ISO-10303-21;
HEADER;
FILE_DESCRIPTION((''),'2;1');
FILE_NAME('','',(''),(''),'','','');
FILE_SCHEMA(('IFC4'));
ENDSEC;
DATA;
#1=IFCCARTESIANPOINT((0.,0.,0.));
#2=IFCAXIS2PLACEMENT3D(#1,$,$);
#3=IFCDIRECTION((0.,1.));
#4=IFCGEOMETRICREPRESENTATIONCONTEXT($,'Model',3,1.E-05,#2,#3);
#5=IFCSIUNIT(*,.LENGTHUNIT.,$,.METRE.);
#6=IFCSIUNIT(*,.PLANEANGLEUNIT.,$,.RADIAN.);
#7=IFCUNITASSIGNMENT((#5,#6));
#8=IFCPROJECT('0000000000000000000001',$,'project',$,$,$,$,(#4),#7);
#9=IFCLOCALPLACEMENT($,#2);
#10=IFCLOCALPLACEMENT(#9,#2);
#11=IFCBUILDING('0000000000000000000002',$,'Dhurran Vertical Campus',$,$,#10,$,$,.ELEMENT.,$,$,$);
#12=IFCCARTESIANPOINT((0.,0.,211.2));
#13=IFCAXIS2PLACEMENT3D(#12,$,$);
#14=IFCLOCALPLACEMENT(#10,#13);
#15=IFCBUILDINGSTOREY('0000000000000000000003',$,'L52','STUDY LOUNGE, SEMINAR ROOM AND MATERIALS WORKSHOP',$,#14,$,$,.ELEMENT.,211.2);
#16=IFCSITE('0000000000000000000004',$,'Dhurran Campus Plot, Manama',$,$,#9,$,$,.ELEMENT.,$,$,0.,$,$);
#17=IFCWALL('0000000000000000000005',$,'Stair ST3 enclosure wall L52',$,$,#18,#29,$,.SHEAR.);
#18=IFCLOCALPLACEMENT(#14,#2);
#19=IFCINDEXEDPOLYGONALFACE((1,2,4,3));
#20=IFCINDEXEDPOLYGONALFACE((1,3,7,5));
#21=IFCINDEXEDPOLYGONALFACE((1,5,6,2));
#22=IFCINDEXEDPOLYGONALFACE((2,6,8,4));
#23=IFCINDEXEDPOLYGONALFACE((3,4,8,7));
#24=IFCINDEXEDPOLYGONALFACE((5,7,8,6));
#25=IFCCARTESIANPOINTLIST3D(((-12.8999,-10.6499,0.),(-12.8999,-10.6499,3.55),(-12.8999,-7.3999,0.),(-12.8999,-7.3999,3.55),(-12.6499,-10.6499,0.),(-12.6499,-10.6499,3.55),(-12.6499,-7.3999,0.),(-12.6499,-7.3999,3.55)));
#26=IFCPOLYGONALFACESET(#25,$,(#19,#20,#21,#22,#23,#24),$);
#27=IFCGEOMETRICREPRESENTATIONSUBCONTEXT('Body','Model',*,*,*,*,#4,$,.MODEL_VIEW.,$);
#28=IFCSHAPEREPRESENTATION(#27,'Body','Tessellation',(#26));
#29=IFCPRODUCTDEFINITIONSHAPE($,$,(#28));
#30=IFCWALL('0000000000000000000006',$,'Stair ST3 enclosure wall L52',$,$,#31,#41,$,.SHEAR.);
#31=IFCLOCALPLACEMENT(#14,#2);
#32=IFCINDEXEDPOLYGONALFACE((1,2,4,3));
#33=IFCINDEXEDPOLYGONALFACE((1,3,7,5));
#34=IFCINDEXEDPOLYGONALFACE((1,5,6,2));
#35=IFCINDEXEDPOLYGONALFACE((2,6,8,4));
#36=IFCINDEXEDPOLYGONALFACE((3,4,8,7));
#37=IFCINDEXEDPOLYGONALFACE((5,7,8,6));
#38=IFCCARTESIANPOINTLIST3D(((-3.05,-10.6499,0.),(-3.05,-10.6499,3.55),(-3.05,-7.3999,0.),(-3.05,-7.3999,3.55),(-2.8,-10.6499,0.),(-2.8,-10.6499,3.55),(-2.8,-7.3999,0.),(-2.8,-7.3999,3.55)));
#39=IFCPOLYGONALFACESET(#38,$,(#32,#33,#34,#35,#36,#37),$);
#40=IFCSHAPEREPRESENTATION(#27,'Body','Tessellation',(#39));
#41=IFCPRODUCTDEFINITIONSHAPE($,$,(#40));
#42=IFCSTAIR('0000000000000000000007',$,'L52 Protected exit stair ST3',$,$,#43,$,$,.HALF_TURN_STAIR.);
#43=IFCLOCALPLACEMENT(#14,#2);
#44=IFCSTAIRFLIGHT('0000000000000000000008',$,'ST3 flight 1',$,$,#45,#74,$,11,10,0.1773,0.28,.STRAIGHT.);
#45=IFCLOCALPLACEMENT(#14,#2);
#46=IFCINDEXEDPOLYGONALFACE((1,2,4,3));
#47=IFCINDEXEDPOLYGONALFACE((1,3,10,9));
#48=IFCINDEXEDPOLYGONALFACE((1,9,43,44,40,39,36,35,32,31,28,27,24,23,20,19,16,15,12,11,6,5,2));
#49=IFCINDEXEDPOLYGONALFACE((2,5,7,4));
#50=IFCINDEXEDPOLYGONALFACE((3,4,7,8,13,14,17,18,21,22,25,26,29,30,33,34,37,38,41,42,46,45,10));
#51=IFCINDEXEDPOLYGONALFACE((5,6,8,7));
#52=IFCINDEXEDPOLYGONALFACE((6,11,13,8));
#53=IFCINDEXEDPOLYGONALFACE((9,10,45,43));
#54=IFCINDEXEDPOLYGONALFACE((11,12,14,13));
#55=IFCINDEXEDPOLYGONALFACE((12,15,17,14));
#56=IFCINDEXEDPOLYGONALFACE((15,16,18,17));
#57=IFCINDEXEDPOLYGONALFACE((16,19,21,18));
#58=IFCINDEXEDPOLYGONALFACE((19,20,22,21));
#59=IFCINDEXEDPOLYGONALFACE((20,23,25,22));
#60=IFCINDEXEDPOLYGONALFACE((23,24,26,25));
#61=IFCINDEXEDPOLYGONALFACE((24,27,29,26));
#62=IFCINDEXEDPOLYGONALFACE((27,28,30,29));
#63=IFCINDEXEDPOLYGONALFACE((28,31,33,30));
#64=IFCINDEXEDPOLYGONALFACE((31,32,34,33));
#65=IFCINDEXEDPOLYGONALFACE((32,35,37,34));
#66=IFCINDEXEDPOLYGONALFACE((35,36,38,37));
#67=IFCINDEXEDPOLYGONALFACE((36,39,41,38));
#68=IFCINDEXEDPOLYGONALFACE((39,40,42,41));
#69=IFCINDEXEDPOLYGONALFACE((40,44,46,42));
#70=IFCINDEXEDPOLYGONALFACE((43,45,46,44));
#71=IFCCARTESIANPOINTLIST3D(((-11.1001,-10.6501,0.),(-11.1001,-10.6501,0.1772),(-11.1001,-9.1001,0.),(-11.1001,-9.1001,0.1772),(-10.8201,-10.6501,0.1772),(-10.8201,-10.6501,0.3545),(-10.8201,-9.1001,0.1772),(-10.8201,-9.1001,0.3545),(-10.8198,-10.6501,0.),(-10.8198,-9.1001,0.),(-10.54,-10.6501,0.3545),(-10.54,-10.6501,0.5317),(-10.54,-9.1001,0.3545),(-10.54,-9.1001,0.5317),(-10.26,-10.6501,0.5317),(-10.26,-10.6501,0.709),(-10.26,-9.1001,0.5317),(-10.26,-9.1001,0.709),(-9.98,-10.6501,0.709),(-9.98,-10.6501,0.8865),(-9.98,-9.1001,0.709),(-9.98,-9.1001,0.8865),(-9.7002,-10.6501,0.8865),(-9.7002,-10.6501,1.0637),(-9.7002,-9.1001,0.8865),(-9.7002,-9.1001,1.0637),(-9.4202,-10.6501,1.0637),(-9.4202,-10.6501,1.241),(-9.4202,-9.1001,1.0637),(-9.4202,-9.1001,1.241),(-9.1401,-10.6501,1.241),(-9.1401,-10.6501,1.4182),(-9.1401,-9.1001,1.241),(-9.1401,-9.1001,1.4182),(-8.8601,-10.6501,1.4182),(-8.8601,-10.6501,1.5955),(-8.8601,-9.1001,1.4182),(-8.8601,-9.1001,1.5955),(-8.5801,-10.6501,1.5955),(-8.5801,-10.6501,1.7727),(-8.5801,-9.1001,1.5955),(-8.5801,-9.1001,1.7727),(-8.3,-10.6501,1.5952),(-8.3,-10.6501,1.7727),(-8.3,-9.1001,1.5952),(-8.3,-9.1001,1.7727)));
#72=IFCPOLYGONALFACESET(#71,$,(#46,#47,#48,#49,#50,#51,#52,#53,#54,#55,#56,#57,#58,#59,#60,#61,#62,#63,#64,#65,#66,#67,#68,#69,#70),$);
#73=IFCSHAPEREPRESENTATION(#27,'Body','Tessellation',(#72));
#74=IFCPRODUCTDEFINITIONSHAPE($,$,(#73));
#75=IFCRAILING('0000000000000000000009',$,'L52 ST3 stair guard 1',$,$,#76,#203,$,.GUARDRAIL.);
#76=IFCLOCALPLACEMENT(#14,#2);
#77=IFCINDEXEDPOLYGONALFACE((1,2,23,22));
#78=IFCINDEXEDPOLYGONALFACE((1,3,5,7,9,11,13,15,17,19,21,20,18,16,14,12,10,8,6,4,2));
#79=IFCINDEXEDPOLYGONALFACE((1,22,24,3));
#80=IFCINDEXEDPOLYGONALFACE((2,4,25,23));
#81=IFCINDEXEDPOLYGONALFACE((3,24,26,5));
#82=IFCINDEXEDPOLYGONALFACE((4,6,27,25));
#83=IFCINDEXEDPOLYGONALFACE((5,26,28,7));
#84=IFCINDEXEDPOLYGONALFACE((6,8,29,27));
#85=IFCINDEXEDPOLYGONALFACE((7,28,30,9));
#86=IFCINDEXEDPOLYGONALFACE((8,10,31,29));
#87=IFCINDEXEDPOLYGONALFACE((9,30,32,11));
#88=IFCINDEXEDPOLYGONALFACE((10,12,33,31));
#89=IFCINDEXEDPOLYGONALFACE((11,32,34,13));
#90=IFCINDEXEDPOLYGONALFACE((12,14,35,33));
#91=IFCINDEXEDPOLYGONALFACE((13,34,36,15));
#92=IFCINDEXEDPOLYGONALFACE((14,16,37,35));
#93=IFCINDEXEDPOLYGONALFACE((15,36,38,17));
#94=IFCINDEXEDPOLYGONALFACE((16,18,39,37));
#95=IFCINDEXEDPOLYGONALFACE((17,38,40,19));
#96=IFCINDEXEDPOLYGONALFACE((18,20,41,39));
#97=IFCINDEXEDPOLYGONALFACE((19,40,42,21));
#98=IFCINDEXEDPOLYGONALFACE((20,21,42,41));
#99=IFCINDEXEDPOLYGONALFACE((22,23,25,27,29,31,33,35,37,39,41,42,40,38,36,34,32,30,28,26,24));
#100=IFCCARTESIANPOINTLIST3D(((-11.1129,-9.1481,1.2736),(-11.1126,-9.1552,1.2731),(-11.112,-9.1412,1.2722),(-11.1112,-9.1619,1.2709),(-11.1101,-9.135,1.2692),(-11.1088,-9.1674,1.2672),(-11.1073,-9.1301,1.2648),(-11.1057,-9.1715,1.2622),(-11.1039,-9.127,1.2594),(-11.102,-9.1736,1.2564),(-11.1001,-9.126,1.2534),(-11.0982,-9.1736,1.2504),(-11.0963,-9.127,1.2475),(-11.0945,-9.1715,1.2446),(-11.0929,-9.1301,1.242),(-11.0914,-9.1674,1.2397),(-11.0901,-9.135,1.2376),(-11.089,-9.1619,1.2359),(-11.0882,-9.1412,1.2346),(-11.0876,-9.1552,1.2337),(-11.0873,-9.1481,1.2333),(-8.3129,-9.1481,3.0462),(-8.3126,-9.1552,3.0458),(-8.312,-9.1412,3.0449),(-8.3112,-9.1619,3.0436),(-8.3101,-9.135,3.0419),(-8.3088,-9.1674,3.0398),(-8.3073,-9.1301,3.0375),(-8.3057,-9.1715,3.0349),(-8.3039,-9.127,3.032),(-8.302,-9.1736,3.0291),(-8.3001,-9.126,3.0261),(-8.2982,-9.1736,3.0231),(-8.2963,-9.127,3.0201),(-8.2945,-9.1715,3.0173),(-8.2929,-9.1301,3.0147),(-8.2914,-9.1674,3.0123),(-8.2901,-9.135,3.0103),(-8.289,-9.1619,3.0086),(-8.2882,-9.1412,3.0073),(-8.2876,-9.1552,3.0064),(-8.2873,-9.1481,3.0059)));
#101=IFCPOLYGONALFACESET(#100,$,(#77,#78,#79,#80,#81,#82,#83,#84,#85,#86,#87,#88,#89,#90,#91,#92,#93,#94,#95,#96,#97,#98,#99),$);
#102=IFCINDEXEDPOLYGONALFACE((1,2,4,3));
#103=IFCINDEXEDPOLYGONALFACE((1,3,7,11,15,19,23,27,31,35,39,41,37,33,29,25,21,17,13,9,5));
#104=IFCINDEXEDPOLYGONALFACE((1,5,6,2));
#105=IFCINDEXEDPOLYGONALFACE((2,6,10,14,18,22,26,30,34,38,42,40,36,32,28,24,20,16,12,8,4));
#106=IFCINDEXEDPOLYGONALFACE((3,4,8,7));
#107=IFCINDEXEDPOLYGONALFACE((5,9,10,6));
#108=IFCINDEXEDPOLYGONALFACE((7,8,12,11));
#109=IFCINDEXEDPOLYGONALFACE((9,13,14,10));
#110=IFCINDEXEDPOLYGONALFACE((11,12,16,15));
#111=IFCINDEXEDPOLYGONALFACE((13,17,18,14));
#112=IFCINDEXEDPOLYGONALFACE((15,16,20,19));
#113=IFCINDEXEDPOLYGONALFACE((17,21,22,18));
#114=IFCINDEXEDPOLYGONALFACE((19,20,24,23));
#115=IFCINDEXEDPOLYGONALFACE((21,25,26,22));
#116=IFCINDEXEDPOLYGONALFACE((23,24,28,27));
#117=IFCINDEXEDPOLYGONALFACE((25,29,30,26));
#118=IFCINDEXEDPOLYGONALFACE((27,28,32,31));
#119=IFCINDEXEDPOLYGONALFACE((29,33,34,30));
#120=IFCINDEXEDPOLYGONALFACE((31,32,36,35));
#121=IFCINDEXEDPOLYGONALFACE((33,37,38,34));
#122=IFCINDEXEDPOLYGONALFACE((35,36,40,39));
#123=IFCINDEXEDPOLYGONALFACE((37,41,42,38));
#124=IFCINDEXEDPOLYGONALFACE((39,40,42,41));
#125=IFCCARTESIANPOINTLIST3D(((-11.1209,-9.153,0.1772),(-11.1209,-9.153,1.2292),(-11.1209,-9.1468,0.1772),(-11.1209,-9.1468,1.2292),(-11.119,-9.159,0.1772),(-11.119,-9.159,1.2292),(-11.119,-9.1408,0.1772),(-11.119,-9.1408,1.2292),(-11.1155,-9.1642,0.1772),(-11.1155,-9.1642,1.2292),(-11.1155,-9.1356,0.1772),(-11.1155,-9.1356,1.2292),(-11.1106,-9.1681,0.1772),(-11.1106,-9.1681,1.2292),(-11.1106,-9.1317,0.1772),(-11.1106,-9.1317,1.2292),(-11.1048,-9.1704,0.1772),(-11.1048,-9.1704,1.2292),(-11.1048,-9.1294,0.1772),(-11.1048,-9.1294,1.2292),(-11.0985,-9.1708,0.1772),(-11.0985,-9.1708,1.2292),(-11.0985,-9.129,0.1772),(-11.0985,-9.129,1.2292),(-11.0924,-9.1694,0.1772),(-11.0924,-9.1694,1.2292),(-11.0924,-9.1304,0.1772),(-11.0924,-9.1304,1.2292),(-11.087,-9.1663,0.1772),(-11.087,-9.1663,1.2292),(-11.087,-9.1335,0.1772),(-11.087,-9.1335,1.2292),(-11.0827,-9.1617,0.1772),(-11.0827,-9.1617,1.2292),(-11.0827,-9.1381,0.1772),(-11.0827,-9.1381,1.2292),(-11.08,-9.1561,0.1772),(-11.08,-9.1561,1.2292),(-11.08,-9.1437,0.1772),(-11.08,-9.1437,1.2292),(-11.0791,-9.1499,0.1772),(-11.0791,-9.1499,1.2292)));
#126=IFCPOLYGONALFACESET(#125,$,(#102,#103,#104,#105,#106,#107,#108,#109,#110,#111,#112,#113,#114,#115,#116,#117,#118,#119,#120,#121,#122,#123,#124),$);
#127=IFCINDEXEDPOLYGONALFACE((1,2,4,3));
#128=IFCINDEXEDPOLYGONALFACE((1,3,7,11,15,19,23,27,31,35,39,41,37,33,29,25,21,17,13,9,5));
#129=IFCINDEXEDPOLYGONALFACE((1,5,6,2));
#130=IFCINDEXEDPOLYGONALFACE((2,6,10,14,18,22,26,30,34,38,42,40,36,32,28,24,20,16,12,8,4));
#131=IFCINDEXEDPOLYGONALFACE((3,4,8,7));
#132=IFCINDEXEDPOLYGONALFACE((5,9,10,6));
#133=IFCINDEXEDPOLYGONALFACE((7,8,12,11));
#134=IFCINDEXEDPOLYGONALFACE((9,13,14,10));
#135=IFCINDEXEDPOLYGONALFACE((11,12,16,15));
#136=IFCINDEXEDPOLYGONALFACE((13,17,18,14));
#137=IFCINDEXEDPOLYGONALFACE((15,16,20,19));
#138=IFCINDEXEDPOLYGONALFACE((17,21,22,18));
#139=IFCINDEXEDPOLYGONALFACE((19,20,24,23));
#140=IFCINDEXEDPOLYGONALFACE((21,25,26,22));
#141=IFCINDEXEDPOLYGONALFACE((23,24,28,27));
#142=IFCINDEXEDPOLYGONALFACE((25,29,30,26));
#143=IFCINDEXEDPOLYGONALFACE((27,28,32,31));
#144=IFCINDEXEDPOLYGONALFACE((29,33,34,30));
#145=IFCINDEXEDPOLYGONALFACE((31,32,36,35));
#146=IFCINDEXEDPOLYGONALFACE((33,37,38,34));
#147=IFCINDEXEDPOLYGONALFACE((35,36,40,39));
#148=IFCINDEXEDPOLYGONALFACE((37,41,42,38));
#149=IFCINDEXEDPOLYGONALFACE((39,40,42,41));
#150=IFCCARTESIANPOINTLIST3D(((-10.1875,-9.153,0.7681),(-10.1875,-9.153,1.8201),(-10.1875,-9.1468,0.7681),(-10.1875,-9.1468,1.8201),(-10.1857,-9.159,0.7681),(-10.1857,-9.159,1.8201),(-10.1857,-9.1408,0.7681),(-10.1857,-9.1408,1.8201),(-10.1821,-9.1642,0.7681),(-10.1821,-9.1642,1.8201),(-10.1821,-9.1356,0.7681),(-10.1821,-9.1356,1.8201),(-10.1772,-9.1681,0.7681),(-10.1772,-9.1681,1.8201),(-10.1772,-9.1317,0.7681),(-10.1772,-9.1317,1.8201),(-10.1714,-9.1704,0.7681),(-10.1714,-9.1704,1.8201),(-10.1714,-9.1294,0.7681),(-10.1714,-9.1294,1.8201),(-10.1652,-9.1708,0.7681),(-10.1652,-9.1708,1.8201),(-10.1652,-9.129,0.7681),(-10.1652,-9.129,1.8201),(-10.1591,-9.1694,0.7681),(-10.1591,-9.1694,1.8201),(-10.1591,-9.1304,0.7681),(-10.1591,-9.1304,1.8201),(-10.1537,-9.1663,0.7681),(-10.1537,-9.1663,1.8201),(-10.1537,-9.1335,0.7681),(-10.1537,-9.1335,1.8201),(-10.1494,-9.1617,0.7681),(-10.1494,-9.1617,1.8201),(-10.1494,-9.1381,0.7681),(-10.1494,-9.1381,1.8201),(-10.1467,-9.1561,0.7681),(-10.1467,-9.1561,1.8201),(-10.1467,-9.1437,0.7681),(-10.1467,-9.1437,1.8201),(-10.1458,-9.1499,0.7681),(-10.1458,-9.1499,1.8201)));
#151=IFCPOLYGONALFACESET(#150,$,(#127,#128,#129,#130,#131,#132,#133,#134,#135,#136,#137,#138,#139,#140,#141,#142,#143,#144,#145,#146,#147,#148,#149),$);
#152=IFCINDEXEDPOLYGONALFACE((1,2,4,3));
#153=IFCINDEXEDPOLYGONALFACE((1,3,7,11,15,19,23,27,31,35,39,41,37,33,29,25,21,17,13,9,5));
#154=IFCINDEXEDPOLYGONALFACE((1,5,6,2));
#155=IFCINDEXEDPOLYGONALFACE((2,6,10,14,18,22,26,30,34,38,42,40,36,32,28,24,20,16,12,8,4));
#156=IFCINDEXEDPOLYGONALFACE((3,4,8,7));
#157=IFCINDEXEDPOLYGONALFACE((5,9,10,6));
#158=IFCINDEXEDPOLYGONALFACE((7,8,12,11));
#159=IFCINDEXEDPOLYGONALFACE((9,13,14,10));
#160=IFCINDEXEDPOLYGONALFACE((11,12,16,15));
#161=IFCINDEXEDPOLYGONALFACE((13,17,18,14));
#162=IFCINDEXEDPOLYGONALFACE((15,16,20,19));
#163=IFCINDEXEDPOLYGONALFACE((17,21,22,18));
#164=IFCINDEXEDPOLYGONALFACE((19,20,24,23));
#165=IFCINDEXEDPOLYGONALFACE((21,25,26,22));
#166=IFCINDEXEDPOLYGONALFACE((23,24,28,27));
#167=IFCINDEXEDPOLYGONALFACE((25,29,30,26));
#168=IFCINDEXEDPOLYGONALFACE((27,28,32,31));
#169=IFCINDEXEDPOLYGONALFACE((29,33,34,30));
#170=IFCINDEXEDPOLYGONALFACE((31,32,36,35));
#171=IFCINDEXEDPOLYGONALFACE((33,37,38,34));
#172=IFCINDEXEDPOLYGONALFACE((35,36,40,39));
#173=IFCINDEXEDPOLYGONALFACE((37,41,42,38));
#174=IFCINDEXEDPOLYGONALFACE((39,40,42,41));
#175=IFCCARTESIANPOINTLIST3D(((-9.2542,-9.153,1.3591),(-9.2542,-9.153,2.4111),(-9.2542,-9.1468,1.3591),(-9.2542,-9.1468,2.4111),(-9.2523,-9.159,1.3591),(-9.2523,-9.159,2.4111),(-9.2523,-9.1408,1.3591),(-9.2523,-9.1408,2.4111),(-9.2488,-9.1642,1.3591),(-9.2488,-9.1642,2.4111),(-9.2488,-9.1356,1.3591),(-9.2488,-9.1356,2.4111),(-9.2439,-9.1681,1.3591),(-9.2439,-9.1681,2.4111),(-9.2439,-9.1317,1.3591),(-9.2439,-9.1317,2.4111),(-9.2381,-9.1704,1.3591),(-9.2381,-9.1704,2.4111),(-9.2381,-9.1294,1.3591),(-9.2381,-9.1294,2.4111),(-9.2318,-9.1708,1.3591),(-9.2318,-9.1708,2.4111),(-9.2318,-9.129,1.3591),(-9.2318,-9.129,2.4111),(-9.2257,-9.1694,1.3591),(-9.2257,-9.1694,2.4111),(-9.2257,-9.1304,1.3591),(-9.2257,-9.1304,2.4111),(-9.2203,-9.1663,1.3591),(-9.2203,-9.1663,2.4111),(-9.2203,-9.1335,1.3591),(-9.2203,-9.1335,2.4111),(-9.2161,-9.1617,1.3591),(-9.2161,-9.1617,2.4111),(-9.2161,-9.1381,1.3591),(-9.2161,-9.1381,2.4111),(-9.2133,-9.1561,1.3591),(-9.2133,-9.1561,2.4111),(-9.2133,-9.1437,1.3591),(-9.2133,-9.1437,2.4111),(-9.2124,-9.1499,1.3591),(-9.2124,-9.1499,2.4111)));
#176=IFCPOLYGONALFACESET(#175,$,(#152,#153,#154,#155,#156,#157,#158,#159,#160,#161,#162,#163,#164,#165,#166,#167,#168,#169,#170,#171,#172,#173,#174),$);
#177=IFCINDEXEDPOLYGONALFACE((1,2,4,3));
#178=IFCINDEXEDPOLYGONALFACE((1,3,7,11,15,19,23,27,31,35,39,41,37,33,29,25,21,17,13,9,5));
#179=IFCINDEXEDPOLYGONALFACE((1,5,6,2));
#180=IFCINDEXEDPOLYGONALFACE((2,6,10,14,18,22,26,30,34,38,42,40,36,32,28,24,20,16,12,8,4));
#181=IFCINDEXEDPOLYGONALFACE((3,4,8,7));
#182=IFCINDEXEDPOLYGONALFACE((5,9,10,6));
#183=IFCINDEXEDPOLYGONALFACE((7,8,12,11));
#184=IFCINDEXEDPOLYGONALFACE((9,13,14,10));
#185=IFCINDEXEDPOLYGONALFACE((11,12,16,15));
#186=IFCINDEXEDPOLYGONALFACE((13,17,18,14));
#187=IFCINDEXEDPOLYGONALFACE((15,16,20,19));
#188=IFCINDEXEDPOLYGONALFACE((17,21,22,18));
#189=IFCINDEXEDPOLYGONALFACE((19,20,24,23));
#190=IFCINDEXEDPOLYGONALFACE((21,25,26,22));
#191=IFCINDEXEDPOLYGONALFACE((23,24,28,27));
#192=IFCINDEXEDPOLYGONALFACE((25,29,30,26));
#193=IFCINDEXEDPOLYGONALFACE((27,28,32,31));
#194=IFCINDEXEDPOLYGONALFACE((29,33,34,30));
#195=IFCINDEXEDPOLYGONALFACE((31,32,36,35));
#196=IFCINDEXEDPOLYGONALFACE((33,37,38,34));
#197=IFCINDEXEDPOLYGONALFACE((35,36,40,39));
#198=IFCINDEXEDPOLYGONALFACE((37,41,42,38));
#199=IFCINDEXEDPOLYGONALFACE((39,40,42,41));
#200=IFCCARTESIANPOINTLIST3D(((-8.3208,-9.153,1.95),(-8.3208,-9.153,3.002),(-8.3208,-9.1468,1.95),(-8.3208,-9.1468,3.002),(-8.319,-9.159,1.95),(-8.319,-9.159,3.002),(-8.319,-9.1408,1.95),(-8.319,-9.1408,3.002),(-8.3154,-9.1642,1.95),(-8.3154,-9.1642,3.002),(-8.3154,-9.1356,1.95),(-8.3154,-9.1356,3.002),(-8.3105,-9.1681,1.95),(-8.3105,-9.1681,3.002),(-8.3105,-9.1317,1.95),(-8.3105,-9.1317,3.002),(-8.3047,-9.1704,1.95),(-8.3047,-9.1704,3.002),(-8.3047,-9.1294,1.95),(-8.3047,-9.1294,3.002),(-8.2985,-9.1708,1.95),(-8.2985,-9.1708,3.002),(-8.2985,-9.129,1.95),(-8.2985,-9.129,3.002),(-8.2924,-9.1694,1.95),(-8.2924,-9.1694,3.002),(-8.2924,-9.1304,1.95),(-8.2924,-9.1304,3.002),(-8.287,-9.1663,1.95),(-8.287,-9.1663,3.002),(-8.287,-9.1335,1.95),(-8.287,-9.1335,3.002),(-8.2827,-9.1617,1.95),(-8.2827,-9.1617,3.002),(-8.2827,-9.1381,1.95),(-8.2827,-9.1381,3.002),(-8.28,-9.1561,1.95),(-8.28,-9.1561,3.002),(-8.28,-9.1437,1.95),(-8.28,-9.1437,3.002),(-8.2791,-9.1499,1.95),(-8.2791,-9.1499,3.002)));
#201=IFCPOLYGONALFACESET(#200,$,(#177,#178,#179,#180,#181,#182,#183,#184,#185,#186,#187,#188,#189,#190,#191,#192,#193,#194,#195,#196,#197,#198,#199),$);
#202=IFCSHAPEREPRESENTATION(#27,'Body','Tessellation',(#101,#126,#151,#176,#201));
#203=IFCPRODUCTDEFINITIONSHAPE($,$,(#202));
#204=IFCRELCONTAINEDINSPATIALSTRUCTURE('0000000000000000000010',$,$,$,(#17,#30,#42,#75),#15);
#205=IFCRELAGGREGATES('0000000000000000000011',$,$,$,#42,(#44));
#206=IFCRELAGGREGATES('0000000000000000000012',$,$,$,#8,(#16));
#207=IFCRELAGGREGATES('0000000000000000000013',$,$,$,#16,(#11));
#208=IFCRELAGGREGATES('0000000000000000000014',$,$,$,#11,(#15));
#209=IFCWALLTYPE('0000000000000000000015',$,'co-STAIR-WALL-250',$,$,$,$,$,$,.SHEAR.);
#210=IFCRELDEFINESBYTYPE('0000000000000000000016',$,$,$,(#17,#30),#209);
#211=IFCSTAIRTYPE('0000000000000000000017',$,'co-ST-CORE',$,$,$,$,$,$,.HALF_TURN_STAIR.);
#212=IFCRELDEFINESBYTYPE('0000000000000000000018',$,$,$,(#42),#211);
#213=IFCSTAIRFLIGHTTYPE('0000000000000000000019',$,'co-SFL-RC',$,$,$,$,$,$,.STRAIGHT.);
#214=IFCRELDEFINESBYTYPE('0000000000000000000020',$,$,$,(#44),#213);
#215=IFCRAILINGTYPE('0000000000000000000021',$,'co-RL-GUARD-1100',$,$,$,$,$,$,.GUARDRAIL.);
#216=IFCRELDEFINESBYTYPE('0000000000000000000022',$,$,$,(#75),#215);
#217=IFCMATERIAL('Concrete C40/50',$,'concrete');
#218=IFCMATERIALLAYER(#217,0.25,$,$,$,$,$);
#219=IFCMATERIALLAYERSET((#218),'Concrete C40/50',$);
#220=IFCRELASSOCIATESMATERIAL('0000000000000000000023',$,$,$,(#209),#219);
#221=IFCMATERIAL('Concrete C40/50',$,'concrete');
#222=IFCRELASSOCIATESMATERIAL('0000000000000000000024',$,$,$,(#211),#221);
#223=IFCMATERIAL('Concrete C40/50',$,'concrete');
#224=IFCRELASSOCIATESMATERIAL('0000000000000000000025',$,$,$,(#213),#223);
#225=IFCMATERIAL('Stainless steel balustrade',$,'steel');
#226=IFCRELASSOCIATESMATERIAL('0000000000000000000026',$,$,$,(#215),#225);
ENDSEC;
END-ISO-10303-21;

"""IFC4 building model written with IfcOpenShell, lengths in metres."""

from ifc_helpers import new_model, si_unit, direction, frame, frame_2d, origin, origin_2d, place, context, subcontext, project, spatial, polyline, rectangle, circle, outline, extrude, material, layer, layer_set, type_object, element, aggregate, save


model = new_model("IFC4")

# Units and contexts
model_context = context("Model", 3, precision=1e-05, world=origin(), true_north=direction((0.0, 1.0)))
body_context = subcontext(model_context, "Body", "Model", "MODEL_VIEW")
ifc_project = project(units=[si_unit("LENGTHUNIT", "METRE"), si_unit("PLANEANGLEUNIT", "RADIAN")], contexts=[model_context])

# Site, building, storey
site_placement = place(None, origin())
site = spatial("IfcSite", under=ifc_project, at=site_placement, Name="Dhurran Campus Plot, Manama", CompositionType="ELEMENT", RefElevation=0.0)
building_placement = place(site_placement, origin())
building = spatial("IfcBuilding", under=site, at=building_placement, Name="Dhurran Vertical Campus", CompositionType="ELEMENT")
storey_placement = place(building_placement, frame((0.0, 0.0, 211.2)))
storey = spatial("IfcBuildingStorey", under=building, at=storey_placement, Name="L52", Description="STUDY LOUNGE, SEMINAR ROOM AND MATERIALS WORKSHOP", CompositionType="ELEMENT", Elevation=211.2)

# Walls
ifc_material_1 = material(Name="Concrete C40/50", Category="concrete")
ifc_layer_1 = layer(ifc_material_1, 0.25)
ifc_layer_set_1 = layer_set([ifc_layer_1], Name="Concrete C40/50")
wall_type_1 = type_object("IfcWallType", Name="co-STAIR-WALL-250", PredefinedType="SHEAR", material=ifc_layer_set_1)
for number, where, z_axis, x_axis, name in (
    (1, (-12.7749, -10.6499, 0.0), (0.0, 0.0, 1.0), (0.0, 1.0, 0.0), "Stair ST3 enclosure wall L52"),
    (2, (-2.925, -10.6499, 0.0), (0.0, 0.0, 1.0), (0.0, 1.0, 0.0), "Stair ST3 enclosure wall L52"),
):
    element("IfcWall", number, at=place(storey_placement, frame(where, z_axis=z_axis, x_axis=x_axis)), inside=storey, type_object=wall_type_1, Name=name, PredefinedType="SHEAR", context=body_context, shape_type="SweptSolid", body=[
        extrude(rectangle(XDim=3.25, YDim=0.25, at=frame_2d((1.625, 0.0))), origin(), (0.0, 0.0, 1.0), 3.55),
    ])

# Stair, stair flight
ifc_material_2 = material(Name="Concrete C40/50", Category="concrete")
stair_type = type_object("IfcStairType", Name="co-ST-CORE", PredefinedType="HALF_TURN_STAIR", material=ifc_material_2)
stair_placement = place(storey_placement, origin())
stair = element("IfcStair", 3, at=stair_placement, inside=storey, type_object=stair_type, Name="L52 Protected exit stair ST3", PredefinedType="HALF_TURN_STAIR")
ifc_material_3 = material(Name="Concrete C40/50", Category="concrete")
stair_flight_type = type_object("IfcStairFlightType", Name="co-SFL-RC", PredefinedType="STRAIGHT", material=ifc_material_3)
stair_flight_placement = place(storey_placement, frame((-11.1001, -9.875, 0.0), z_axis=(0.0, 0.0, 1.0), x_axis=(1.0, 0.0, 0.0)))
stair_flight = element("IfcStairFlight", 4, at=stair_flight_placement, type_object=stair_flight_type, Name="ST3 flight 1", NumberOfRisers=11, NumberOfTreads=10, PredefinedType="STRAIGHT", RiserHeight=0.1773, TreadLength=0.28, context=body_context, shape_type="SweptSolid", body=[
    extrude(outline(polyline([(0.0, 0.0), (0.0, 0.1772), (0.28, 0.1772), (0.28, 0.3545), (0.5601, 0.3545), (0.5601, 0.5317), (0.8401, 0.5317), (0.8401, 0.709), (1.1201, 0.709), (1.1201, 0.8865), (1.3999, 0.8865), (1.3999, 1.0637), (1.6799, 1.0637), (1.6799, 1.241), (1.96, 1.241), (1.96, 1.4182), (2.24, 1.4182), (2.24, 1.5955), (2.52, 1.5955), (2.52, 1.7727), (2.8, 1.7727), (2.8, 1.95), (2.8, 1.5952), (0.2803, 0.0), (0.0, 0.0)])), frame((0.0, 0.7749, 0.0), z_axis=(0.0, -1.0, 0.0), x_axis=(1.0, 0.0, 0.0)), (0.0, 0.0, 1.0), 1.55),
])
aggregate(stair, [stair_flight])

# Railing
ifc_material_4 = material(Name="Stainless steel balustrade", Category="steel")
railing_type_1 = type_object("IfcRailingType", Name="co-RL-GUARD-1100", PredefinedType="GUARDRAIL", material=ifc_material_4)
railing_1_placement = place(storey_placement, frame((-11.1001, -9.1499, 0.1772)))
element("IfcRailing", 5, at=railing_1_placement, inside=storey, type_object=railing_type_1, Name="L52 ST3 stair guard 1", PredefinedType="GUARDRAIL", context=body_context, shape_type="SweptSolid", body=[
    extrude(circle(Radius=0.0239, at=origin_2d()), frame((0.0, 0.0, 1.0762), z_axis=(0.844909, 0.0, 0.53491), x_axis=(0.0, 1.0, 0.0)), (0.0, 0.0, 1.0), 3.314),
    extrude(circle(Radius=0.021, at=origin_2d()), origin(), (0.0, 0.0, 1.0), 1.052),
    extrude(circle(Radius=0.021, at=origin_2d()), frame((0.9333, 0.0, 0.5908)), (0.0, 0.0, 1.0), 1.052),
    extrude(circle(Radius=0.021, at=origin_2d()), frame((1.8667, 0.0, 1.1819)), (0.0, 0.0, 1.0), 1.052),
    extrude(circle(Radius=0.021, at=origin_2d()), frame((2.8, 0.0, 1.7727)), (0.0, 0.0, 1.0), 1.052),
])

save(model, "model.ifc")
